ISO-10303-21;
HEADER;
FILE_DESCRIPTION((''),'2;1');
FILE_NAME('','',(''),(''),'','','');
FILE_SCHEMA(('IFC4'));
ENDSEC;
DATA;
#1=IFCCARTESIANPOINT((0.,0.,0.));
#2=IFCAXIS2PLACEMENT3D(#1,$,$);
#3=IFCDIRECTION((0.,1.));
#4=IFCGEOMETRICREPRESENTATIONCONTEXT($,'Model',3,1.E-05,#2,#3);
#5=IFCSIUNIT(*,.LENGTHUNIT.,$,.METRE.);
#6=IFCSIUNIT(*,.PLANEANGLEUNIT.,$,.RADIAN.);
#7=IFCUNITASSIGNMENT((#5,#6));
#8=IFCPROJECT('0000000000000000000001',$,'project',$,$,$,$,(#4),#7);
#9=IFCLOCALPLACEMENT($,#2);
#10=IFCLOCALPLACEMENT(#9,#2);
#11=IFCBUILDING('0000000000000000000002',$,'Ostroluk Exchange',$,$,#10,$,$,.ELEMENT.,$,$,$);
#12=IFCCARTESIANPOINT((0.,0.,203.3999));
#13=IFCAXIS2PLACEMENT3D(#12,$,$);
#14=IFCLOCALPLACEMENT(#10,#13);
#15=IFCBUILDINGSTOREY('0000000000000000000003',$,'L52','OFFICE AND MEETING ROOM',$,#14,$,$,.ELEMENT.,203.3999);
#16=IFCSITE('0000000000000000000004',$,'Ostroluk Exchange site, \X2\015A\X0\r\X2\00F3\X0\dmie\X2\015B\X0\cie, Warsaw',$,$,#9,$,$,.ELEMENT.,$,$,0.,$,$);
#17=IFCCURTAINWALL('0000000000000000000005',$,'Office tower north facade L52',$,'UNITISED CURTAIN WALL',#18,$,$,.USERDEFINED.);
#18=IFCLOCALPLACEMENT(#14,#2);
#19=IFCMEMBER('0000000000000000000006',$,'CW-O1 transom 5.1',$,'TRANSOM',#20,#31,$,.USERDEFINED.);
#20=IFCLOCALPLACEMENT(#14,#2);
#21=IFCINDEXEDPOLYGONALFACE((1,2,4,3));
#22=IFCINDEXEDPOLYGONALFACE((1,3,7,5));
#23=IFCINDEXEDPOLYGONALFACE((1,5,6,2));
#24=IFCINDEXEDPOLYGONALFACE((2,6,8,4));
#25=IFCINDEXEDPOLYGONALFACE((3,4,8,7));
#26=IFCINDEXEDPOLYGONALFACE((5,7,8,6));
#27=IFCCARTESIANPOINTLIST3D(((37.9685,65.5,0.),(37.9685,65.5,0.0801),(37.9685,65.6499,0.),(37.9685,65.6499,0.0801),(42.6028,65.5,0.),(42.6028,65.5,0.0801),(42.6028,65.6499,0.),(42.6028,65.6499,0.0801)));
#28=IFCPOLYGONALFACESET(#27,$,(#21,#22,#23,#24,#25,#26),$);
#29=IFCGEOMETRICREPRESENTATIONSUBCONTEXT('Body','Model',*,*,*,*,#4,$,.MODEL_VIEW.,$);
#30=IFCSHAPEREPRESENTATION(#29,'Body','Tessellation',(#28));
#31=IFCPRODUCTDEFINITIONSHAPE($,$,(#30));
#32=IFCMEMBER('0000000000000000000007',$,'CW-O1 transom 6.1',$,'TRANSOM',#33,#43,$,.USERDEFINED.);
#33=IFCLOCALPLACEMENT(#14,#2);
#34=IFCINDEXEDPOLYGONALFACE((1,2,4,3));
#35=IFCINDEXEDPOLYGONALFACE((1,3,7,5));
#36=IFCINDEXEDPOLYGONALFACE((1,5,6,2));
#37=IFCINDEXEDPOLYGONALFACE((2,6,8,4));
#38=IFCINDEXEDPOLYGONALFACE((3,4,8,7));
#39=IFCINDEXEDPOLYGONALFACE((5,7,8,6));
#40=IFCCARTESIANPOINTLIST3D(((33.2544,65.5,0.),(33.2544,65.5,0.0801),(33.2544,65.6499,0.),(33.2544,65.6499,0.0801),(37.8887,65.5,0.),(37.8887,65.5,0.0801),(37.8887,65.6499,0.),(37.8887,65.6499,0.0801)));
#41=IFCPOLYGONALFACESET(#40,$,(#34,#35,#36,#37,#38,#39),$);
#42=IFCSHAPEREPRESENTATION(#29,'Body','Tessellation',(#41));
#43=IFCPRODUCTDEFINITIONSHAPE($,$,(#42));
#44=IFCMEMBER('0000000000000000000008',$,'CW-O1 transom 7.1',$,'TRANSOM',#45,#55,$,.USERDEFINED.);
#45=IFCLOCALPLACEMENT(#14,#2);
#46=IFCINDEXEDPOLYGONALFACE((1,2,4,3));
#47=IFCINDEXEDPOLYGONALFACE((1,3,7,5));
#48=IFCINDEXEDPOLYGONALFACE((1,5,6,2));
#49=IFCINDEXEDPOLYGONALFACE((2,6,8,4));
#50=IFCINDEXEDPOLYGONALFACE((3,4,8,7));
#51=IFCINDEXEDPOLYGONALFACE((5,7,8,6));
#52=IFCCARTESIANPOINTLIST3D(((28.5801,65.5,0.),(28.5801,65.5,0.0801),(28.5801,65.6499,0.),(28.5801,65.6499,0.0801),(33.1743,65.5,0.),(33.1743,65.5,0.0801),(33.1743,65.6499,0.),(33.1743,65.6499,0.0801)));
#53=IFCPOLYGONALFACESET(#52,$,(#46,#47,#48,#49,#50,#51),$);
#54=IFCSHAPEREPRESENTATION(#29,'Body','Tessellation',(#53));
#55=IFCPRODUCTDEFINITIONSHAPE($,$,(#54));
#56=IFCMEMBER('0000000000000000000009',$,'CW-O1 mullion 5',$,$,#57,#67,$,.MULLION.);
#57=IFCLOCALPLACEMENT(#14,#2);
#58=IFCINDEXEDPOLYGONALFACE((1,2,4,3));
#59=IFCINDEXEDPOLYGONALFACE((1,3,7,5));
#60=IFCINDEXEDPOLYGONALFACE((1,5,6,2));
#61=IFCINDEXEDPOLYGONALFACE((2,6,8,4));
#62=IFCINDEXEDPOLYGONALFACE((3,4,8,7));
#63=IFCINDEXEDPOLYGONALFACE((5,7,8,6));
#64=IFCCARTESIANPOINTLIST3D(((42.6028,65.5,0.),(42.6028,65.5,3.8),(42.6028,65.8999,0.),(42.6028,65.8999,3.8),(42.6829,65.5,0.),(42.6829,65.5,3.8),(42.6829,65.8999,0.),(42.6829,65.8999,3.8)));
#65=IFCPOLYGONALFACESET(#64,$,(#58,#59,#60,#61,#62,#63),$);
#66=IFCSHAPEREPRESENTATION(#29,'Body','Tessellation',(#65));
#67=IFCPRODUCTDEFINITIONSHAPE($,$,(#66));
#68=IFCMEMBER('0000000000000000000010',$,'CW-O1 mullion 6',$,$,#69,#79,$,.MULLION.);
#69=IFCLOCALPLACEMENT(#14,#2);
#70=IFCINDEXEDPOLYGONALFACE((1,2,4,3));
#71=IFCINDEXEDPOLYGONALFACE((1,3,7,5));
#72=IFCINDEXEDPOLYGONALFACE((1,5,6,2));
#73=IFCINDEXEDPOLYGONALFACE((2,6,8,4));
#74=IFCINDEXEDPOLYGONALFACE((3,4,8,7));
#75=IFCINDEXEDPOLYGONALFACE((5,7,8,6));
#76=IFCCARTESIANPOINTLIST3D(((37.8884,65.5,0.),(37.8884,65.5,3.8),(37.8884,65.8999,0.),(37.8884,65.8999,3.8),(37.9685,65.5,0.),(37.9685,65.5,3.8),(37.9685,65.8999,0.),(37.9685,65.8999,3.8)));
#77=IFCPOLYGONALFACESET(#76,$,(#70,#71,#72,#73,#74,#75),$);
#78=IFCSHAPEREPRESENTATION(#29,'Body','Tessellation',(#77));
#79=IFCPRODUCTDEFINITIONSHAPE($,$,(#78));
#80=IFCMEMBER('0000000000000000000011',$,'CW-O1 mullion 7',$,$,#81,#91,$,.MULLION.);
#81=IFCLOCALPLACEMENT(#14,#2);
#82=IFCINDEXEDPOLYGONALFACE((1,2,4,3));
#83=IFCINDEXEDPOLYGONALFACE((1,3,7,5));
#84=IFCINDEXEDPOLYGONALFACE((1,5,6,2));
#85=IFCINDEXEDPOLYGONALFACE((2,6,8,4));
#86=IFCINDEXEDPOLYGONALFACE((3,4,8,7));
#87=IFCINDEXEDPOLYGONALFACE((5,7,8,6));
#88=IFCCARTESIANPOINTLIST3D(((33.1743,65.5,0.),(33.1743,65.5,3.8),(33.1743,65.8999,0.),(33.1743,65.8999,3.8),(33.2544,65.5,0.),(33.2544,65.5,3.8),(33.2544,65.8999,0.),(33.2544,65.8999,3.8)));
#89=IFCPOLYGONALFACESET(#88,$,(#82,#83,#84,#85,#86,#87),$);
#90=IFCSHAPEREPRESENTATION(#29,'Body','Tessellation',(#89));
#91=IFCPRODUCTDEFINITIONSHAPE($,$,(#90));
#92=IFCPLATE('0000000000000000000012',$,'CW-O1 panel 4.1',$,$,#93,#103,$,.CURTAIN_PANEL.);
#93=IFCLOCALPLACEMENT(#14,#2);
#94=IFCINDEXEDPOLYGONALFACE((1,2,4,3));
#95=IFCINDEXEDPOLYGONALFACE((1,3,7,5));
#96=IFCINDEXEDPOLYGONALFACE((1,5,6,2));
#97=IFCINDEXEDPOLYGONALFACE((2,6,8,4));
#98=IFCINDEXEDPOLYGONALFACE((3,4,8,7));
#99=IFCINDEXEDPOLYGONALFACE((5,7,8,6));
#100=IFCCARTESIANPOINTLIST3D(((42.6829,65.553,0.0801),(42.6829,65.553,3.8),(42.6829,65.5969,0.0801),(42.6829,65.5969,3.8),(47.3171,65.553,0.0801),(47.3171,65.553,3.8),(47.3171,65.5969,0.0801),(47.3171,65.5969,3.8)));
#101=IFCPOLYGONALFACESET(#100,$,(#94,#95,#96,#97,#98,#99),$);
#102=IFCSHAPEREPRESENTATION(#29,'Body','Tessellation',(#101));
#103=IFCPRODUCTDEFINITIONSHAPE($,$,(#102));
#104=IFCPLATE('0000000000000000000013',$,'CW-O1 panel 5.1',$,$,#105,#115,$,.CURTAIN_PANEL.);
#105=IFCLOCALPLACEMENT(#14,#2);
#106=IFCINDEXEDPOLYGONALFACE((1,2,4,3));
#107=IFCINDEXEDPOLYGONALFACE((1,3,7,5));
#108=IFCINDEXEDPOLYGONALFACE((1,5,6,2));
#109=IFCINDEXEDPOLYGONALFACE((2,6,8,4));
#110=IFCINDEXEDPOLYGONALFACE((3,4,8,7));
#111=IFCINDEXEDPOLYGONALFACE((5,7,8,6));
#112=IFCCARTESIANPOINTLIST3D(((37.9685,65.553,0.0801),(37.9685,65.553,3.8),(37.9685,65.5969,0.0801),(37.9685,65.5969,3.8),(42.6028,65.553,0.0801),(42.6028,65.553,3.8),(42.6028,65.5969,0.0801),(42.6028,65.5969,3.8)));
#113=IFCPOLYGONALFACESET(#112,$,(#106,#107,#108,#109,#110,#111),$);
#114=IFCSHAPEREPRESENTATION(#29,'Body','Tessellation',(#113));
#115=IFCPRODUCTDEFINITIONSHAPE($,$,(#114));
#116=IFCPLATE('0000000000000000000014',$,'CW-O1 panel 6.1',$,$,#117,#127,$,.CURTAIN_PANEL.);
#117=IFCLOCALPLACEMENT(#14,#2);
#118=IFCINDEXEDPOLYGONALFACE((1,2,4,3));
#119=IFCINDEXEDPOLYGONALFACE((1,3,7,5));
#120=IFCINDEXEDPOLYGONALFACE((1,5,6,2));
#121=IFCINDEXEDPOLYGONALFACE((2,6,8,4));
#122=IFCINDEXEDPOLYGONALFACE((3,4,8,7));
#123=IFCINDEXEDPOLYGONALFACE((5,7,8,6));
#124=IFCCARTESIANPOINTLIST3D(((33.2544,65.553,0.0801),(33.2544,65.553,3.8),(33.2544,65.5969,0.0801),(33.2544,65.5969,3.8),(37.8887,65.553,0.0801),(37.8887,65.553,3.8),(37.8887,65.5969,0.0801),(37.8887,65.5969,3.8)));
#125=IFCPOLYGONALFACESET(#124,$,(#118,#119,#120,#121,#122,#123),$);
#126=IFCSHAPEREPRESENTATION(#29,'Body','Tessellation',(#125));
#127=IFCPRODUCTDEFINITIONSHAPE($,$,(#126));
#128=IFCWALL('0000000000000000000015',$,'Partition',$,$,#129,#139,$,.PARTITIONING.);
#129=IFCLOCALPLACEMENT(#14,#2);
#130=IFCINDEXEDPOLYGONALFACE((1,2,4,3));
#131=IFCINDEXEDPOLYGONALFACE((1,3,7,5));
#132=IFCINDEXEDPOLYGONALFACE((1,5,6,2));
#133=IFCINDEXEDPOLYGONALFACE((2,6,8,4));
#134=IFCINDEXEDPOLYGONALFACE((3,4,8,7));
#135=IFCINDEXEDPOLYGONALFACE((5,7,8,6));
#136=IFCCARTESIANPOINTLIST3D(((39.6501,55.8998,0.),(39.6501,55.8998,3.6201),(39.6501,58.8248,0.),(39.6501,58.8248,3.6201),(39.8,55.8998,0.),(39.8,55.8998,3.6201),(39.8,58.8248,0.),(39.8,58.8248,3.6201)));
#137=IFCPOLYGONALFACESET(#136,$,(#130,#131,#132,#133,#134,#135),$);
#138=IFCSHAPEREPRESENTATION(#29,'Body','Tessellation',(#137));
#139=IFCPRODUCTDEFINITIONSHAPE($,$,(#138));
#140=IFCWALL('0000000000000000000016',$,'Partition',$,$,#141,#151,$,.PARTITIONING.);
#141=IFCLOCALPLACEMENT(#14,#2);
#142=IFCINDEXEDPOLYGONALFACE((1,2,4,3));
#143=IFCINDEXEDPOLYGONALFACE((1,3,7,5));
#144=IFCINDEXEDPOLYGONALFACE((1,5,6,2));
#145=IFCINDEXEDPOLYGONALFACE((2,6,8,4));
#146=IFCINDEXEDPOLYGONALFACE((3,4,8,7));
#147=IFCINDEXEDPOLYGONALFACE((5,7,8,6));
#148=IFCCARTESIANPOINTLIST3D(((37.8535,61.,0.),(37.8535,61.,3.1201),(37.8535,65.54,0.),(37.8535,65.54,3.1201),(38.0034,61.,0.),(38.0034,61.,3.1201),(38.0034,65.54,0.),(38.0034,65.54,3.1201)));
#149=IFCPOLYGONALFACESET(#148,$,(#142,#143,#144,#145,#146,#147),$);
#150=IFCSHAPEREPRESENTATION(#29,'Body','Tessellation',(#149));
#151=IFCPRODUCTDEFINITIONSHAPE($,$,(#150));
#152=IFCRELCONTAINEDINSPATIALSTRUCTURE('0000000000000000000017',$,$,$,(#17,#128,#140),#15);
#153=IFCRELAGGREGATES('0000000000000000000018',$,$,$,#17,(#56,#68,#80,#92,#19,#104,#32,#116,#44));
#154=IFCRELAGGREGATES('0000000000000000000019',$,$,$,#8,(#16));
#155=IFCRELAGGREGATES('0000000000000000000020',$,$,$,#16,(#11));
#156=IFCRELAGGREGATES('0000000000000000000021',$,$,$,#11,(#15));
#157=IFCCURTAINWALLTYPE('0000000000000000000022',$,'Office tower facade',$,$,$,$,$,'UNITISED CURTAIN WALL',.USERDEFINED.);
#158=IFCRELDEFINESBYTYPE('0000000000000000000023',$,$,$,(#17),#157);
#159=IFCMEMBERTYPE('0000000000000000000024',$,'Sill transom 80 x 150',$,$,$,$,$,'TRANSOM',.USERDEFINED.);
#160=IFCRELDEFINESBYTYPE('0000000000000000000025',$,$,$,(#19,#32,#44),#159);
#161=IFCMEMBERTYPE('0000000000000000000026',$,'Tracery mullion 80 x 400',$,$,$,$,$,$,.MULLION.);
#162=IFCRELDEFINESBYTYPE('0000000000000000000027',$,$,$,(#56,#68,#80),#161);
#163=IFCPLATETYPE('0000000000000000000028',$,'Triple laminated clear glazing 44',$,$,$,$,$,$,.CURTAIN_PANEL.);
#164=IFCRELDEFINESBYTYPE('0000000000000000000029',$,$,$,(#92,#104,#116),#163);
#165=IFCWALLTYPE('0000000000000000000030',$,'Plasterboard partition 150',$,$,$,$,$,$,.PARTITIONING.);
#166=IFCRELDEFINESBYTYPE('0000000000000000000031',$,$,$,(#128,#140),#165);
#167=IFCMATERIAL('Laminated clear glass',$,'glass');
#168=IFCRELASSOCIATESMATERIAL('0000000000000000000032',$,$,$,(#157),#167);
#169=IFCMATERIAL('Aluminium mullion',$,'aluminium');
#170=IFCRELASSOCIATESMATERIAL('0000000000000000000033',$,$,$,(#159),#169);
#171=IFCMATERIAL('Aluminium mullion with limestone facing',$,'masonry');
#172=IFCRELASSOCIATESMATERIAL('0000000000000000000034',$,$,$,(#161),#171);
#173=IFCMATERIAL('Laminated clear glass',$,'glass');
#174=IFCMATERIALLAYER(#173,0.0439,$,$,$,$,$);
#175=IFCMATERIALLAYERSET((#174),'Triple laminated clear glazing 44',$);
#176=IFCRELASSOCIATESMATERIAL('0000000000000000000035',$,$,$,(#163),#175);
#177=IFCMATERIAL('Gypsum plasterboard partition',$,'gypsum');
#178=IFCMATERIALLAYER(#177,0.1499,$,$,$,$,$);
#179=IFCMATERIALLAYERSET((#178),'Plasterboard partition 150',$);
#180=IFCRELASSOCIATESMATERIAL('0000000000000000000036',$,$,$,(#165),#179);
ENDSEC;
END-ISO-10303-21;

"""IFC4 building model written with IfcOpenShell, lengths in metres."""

from ifc_helpers import new_model, si_unit, direction, frame, frame_2d, origin, origin_2d, place, context, subcontext, project, spatial, rectangle, extrude, material, layer, layer_set, material_profile, profile_set, type_object, element, aggregate, save


model = new_model("IFC4")

# Units and contexts
model_context = context("Model", 3, precision=1e-05, world=origin(), true_north=direction((0.0, 1.0)))
body_context = subcontext(model_context, "Body", "Model", "MODEL_VIEW")
ifc_project = project(units=[si_unit("LENGTHUNIT", "METRE"), si_unit("PLANEANGLEUNIT", "RADIAN")], contexts=[model_context])

# Site, building, storey
site_placement = place(None, origin())
site = spatial("IfcSite", under=ifc_project, at=site_placement, Name="Ostroluk Exchange site, Śródmieście, Warsaw", CompositionType="ELEMENT", RefElevation=0.0)
building_placement = place(site_placement, origin())
building = spatial("IfcBuilding", under=site, at=building_placement, Name="Ostroluk Exchange", CompositionType="ELEMENT")
storey_placement = place(building_placement, frame((0.0, 0.0, 203.3999)))
storey = spatial("IfcBuildingStorey", under=building, at=storey_placement, Name="L52", Description="OFFICE AND MEETING ROOM", CompositionType="ELEMENT", Elevation=203.3999)

# Curtain wall, members, plates
ifc_material_1 = material(Name="Laminated clear glass", Category="glass")
curtain_wall_type = type_object("IfcCurtainWallType", Name="Office tower facade", ElementType="UNITISED CURTAIN WALL", PredefinedType="USERDEFINED", material=ifc_material_1)
curtain_wall_placement = place(storey_placement, origin())
curtain_wall = element("IfcCurtainWall", 1, at=curtain_wall_placement, inside=storey, type_object=curtain_wall_type, Name="Office tower north facade L52", ObjectType="UNITISED CURTAIN WALL", PredefinedType="USERDEFINED")
ifc_material_2 = material(Name="Aluminium mullion", Category="aluminium")
ifc_material_profile_1 = material_profile(ifc_material_2, rectangle(XDim=0.1499, YDim=0.0801, at=origin_2d()), Name="Sill transom 80 x 150")
ifc_profile_set_1 = profile_set([ifc_material_profile_1], Name="Aluminium mullion")
member_type_1 = type_object("IfcMemberType", Name="Sill transom 80 x 150", ElementType="TRANSOM", PredefinedType="USERDEFINED", material=ifc_profile_set_1)
member_1_placement = place(storey_placement, frame((42.6028, 65.575, 0.04), z_axis=(-1.0, 0.0, 0.0), x_axis=(0.0, -1.0, 0.0)))
member_1 = element("IfcMember", 2, at=member_1_placement, type_object=member_type_1, Name="CW-O1 transom 5.1", ObjectType="TRANSOM", PredefinedType="USERDEFINED", context=body_context, shape_type="SweptSolid", body=[
    extrude(rectangle(XDim=0.1499, YDim=0.0801, at=origin_2d()), origin(), (0.0, 0.0, 1.0), 4.6343),
])
member_2_placement = place(storey_placement, frame((37.8887, 65.575, 0.04), z_axis=(-1.0, 0.0, 0.0), x_axis=(0.0, -1.0, 0.0)))
member_2 = element("IfcMember", 3, at=member_2_placement, type_object=member_type_1, Name="CW-O1 transom 6.1", ObjectType="TRANSOM", PredefinedType="USERDEFINED", context=body_context, shape_type="SweptSolid", body=[
    extrude(rectangle(XDim=0.1499, YDim=0.0801, at=origin_2d()), origin(), (0.0, 0.0, 1.0), 4.6343),
])
member_3_placement = place(storey_placement, frame((33.1743, 65.575, 0.04), z_axis=(-1.0, 0.0, 0.0), x_axis=(0.0, -1.0, 0.0)))
member_3 = element("IfcMember", 4, at=member_3_placement, type_object=member_type_1, Name="CW-O1 transom 7.1", ObjectType="TRANSOM", PredefinedType="USERDEFINED", context=body_context, shape_type="SweptSolid", body=[
    extrude(rectangle(XDim=0.1499, YDim=0.0801, at=origin_2d()), origin(), (0.0, 0.0, 1.0), 4.5942),
])
ifc_material_3 = material(Name="Aluminium mullion with limestone facing", Category="masonry")
ifc_material_profile_2 = material_profile(ifc_material_3, rectangle(XDim=0.3999, YDim=0.0801, at=origin_2d()), Name="Tracery mullion 80 x 400")
ifc_profile_set_2 = profile_set([ifc_material_profile_2], Name="Aluminium mullion with limestone facing")
member_type_2 = type_object("IfcMemberType", Name="Tracery mullion 80 x 400", PredefinedType="MULLION", material=ifc_profile_set_2)
member_4_placement = place(storey_placement, frame((42.6428, 65.7, 0.0), z_axis=(0.0, 0.0, 1.0), x_axis=(0.0, -1.0, 0.0)))
member_4 = element("IfcMember", 5, at=member_4_placement, type_object=member_type_2, Name="CW-O1 mullion 5", PredefinedType="MULLION", context=body_context, shape_type="SweptSolid", body=[
    extrude(rectangle(XDim=0.3999, YDim=0.0801, at=origin_2d()), origin(), (0.0, 0.0, 1.0), 3.8),
])
member_5_placement = place(storey_placement, frame((37.9285, 65.7, 0.0), z_axis=(0.0, 0.0, 1.0), x_axis=(0.0, -1.0, 0.0)))
member_5 = element("IfcMember", 6, at=member_5_placement, type_object=member_type_2, Name="CW-O1 mullion 6", PredefinedType="MULLION", context=body_context, shape_type="SweptSolid", body=[
    extrude(rectangle(XDim=0.3999, YDim=0.0801, at=origin_2d()), origin(), (0.0, 0.0, 1.0), 3.8),
])
member_6_placement = place(storey_placement, frame((33.2144, 65.7, 0.0), z_axis=(0.0, 0.0, 1.0), x_axis=(0.0, -1.0, 0.0)))
member_6 = element("IfcMember", 7, at=member_6_placement, type_object=member_type_2, Name="CW-O1 mullion 7", PredefinedType="MULLION", context=body_context, shape_type="SweptSolid", body=[
    extrude(rectangle(XDim=0.3999, YDim=0.0801, at=origin_2d()), origin(), (0.0, 0.0, 1.0), 3.8),
])
ifc_material_4 = material(Name="Laminated clear glass", Category="glass")
ifc_layer_1 = layer(ifc_material_4, 0.0439)
ifc_layer_set_1 = layer_set([ifc_layer_1], Name="Triple laminated clear glazing 44")
plate_type = type_object("IfcPlateType", Name="Triple laminated clear glazing 44", PredefinedType="CURTAIN_PANEL", material=ifc_layer_set_1)
plate_1_placement = place(storey_placement, frame((45.0, 65.575, 0.0801), z_axis=(0.0, 0.0, 1.0), x_axis=(-1.0, 0.0, 0.0)))
plate_1 = element("IfcPlate", 8, at=plate_1_placement, type_object=plate_type, Name="CW-O1 panel 4.1", PredefinedType="CURTAIN_PANEL", context=body_context, shape_type="SweptSolid", body=[
    extrude(rectangle(XDim=4.6343, YDim=0.0439, at=origin_2d()), origin(), (0.0, 0.0, 1.0), 3.72),
])
plate_2_placement = place(storey_placement, frame((40.2856, 65.575, 0.0801), z_axis=(0.0, 0.0, 1.0), x_axis=(-1.0, 0.0, 0.0)))
plate_2 = element("IfcPlate", 9, at=plate_2_placement, type_object=plate_type, Name="CW-O1 panel 5.1", PredefinedType="CURTAIN_PANEL", context=body_context, shape_type="SweptSolid", body=[
    extrude(rectangle(XDim=4.6343, YDim=0.0439, at=origin_2d()), origin(), (0.0, 0.0, 1.0), 3.72),
])
plate_3_placement = place(storey_placement, frame((35.5715, 65.575, 0.0801), z_axis=(0.0, 0.0, 1.0), x_axis=(-1.0, 0.0, 0.0)))
plate_3 = element("IfcPlate", 10, at=plate_3_placement, type_object=plate_type, Name="CW-O1 panel 6.1", PredefinedType="CURTAIN_PANEL", context=body_context, shape_type="SweptSolid", body=[
    extrude(rectangle(XDim=4.6343, YDim=0.0439, at=origin_2d()), origin(), (0.0, 0.0, 1.0), 3.72),
])
aggregate(curtain_wall, [member_4, member_5, member_6, plate_1, member_1, plate_2, member_2, plate_3, member_3])

# Walls
ifc_material_5 = material(Name="Gypsum plasterboard partition", Category="gypsum")
ifc_layer_2 = layer(ifc_material_5, 0.1499)
ifc_layer_set_2 = layer_set([ifc_layer_2], Name="Plasterboard partition 150")
wall_type = type_object("IfcWallType", Name="Plasterboard partition 150", PredefinedType="PARTITIONING", material=ifc_layer_set_2)
wall_1_placement = place(storey_placement, frame((39.7251, 55.8999, 0.0), z_axis=(0.0, 0.0, 1.0), x_axis=(0.0, 1.0, 0.0)))
element("IfcWall", 11, at=wall_1_placement, inside=storey, type_object=wall_type, Name="Partition", PredefinedType="PARTITIONING", context=body_context, shape_type="SweptSolid", body=[
    extrude(rectangle(XDim=2.925, YDim=0.1499, at=frame_2d((1.4624, 0.0))), origin(), (0.0, 0.0, 1.0), 3.6201),
])
wall_2_placement = place(storey_placement, frame((37.9285, 61.0, 0.0), z_axis=(0.0, 0.0, 1.0), x_axis=(0.0, 1.0, 0.0)))
element("IfcWall", 12, at=wall_2_placement, inside=storey, type_object=wall_type, Name="Partition", PredefinedType="PARTITIONING", context=body_context, shape_type="SweptSolid", body=[
    extrude(rectangle(XDim=4.54, YDim=0.1499, at=frame_2d((2.27, 0.0))), origin(), (0.0, 0.0, 1.0), 3.1201),
])

save(model, "model.ifc")
